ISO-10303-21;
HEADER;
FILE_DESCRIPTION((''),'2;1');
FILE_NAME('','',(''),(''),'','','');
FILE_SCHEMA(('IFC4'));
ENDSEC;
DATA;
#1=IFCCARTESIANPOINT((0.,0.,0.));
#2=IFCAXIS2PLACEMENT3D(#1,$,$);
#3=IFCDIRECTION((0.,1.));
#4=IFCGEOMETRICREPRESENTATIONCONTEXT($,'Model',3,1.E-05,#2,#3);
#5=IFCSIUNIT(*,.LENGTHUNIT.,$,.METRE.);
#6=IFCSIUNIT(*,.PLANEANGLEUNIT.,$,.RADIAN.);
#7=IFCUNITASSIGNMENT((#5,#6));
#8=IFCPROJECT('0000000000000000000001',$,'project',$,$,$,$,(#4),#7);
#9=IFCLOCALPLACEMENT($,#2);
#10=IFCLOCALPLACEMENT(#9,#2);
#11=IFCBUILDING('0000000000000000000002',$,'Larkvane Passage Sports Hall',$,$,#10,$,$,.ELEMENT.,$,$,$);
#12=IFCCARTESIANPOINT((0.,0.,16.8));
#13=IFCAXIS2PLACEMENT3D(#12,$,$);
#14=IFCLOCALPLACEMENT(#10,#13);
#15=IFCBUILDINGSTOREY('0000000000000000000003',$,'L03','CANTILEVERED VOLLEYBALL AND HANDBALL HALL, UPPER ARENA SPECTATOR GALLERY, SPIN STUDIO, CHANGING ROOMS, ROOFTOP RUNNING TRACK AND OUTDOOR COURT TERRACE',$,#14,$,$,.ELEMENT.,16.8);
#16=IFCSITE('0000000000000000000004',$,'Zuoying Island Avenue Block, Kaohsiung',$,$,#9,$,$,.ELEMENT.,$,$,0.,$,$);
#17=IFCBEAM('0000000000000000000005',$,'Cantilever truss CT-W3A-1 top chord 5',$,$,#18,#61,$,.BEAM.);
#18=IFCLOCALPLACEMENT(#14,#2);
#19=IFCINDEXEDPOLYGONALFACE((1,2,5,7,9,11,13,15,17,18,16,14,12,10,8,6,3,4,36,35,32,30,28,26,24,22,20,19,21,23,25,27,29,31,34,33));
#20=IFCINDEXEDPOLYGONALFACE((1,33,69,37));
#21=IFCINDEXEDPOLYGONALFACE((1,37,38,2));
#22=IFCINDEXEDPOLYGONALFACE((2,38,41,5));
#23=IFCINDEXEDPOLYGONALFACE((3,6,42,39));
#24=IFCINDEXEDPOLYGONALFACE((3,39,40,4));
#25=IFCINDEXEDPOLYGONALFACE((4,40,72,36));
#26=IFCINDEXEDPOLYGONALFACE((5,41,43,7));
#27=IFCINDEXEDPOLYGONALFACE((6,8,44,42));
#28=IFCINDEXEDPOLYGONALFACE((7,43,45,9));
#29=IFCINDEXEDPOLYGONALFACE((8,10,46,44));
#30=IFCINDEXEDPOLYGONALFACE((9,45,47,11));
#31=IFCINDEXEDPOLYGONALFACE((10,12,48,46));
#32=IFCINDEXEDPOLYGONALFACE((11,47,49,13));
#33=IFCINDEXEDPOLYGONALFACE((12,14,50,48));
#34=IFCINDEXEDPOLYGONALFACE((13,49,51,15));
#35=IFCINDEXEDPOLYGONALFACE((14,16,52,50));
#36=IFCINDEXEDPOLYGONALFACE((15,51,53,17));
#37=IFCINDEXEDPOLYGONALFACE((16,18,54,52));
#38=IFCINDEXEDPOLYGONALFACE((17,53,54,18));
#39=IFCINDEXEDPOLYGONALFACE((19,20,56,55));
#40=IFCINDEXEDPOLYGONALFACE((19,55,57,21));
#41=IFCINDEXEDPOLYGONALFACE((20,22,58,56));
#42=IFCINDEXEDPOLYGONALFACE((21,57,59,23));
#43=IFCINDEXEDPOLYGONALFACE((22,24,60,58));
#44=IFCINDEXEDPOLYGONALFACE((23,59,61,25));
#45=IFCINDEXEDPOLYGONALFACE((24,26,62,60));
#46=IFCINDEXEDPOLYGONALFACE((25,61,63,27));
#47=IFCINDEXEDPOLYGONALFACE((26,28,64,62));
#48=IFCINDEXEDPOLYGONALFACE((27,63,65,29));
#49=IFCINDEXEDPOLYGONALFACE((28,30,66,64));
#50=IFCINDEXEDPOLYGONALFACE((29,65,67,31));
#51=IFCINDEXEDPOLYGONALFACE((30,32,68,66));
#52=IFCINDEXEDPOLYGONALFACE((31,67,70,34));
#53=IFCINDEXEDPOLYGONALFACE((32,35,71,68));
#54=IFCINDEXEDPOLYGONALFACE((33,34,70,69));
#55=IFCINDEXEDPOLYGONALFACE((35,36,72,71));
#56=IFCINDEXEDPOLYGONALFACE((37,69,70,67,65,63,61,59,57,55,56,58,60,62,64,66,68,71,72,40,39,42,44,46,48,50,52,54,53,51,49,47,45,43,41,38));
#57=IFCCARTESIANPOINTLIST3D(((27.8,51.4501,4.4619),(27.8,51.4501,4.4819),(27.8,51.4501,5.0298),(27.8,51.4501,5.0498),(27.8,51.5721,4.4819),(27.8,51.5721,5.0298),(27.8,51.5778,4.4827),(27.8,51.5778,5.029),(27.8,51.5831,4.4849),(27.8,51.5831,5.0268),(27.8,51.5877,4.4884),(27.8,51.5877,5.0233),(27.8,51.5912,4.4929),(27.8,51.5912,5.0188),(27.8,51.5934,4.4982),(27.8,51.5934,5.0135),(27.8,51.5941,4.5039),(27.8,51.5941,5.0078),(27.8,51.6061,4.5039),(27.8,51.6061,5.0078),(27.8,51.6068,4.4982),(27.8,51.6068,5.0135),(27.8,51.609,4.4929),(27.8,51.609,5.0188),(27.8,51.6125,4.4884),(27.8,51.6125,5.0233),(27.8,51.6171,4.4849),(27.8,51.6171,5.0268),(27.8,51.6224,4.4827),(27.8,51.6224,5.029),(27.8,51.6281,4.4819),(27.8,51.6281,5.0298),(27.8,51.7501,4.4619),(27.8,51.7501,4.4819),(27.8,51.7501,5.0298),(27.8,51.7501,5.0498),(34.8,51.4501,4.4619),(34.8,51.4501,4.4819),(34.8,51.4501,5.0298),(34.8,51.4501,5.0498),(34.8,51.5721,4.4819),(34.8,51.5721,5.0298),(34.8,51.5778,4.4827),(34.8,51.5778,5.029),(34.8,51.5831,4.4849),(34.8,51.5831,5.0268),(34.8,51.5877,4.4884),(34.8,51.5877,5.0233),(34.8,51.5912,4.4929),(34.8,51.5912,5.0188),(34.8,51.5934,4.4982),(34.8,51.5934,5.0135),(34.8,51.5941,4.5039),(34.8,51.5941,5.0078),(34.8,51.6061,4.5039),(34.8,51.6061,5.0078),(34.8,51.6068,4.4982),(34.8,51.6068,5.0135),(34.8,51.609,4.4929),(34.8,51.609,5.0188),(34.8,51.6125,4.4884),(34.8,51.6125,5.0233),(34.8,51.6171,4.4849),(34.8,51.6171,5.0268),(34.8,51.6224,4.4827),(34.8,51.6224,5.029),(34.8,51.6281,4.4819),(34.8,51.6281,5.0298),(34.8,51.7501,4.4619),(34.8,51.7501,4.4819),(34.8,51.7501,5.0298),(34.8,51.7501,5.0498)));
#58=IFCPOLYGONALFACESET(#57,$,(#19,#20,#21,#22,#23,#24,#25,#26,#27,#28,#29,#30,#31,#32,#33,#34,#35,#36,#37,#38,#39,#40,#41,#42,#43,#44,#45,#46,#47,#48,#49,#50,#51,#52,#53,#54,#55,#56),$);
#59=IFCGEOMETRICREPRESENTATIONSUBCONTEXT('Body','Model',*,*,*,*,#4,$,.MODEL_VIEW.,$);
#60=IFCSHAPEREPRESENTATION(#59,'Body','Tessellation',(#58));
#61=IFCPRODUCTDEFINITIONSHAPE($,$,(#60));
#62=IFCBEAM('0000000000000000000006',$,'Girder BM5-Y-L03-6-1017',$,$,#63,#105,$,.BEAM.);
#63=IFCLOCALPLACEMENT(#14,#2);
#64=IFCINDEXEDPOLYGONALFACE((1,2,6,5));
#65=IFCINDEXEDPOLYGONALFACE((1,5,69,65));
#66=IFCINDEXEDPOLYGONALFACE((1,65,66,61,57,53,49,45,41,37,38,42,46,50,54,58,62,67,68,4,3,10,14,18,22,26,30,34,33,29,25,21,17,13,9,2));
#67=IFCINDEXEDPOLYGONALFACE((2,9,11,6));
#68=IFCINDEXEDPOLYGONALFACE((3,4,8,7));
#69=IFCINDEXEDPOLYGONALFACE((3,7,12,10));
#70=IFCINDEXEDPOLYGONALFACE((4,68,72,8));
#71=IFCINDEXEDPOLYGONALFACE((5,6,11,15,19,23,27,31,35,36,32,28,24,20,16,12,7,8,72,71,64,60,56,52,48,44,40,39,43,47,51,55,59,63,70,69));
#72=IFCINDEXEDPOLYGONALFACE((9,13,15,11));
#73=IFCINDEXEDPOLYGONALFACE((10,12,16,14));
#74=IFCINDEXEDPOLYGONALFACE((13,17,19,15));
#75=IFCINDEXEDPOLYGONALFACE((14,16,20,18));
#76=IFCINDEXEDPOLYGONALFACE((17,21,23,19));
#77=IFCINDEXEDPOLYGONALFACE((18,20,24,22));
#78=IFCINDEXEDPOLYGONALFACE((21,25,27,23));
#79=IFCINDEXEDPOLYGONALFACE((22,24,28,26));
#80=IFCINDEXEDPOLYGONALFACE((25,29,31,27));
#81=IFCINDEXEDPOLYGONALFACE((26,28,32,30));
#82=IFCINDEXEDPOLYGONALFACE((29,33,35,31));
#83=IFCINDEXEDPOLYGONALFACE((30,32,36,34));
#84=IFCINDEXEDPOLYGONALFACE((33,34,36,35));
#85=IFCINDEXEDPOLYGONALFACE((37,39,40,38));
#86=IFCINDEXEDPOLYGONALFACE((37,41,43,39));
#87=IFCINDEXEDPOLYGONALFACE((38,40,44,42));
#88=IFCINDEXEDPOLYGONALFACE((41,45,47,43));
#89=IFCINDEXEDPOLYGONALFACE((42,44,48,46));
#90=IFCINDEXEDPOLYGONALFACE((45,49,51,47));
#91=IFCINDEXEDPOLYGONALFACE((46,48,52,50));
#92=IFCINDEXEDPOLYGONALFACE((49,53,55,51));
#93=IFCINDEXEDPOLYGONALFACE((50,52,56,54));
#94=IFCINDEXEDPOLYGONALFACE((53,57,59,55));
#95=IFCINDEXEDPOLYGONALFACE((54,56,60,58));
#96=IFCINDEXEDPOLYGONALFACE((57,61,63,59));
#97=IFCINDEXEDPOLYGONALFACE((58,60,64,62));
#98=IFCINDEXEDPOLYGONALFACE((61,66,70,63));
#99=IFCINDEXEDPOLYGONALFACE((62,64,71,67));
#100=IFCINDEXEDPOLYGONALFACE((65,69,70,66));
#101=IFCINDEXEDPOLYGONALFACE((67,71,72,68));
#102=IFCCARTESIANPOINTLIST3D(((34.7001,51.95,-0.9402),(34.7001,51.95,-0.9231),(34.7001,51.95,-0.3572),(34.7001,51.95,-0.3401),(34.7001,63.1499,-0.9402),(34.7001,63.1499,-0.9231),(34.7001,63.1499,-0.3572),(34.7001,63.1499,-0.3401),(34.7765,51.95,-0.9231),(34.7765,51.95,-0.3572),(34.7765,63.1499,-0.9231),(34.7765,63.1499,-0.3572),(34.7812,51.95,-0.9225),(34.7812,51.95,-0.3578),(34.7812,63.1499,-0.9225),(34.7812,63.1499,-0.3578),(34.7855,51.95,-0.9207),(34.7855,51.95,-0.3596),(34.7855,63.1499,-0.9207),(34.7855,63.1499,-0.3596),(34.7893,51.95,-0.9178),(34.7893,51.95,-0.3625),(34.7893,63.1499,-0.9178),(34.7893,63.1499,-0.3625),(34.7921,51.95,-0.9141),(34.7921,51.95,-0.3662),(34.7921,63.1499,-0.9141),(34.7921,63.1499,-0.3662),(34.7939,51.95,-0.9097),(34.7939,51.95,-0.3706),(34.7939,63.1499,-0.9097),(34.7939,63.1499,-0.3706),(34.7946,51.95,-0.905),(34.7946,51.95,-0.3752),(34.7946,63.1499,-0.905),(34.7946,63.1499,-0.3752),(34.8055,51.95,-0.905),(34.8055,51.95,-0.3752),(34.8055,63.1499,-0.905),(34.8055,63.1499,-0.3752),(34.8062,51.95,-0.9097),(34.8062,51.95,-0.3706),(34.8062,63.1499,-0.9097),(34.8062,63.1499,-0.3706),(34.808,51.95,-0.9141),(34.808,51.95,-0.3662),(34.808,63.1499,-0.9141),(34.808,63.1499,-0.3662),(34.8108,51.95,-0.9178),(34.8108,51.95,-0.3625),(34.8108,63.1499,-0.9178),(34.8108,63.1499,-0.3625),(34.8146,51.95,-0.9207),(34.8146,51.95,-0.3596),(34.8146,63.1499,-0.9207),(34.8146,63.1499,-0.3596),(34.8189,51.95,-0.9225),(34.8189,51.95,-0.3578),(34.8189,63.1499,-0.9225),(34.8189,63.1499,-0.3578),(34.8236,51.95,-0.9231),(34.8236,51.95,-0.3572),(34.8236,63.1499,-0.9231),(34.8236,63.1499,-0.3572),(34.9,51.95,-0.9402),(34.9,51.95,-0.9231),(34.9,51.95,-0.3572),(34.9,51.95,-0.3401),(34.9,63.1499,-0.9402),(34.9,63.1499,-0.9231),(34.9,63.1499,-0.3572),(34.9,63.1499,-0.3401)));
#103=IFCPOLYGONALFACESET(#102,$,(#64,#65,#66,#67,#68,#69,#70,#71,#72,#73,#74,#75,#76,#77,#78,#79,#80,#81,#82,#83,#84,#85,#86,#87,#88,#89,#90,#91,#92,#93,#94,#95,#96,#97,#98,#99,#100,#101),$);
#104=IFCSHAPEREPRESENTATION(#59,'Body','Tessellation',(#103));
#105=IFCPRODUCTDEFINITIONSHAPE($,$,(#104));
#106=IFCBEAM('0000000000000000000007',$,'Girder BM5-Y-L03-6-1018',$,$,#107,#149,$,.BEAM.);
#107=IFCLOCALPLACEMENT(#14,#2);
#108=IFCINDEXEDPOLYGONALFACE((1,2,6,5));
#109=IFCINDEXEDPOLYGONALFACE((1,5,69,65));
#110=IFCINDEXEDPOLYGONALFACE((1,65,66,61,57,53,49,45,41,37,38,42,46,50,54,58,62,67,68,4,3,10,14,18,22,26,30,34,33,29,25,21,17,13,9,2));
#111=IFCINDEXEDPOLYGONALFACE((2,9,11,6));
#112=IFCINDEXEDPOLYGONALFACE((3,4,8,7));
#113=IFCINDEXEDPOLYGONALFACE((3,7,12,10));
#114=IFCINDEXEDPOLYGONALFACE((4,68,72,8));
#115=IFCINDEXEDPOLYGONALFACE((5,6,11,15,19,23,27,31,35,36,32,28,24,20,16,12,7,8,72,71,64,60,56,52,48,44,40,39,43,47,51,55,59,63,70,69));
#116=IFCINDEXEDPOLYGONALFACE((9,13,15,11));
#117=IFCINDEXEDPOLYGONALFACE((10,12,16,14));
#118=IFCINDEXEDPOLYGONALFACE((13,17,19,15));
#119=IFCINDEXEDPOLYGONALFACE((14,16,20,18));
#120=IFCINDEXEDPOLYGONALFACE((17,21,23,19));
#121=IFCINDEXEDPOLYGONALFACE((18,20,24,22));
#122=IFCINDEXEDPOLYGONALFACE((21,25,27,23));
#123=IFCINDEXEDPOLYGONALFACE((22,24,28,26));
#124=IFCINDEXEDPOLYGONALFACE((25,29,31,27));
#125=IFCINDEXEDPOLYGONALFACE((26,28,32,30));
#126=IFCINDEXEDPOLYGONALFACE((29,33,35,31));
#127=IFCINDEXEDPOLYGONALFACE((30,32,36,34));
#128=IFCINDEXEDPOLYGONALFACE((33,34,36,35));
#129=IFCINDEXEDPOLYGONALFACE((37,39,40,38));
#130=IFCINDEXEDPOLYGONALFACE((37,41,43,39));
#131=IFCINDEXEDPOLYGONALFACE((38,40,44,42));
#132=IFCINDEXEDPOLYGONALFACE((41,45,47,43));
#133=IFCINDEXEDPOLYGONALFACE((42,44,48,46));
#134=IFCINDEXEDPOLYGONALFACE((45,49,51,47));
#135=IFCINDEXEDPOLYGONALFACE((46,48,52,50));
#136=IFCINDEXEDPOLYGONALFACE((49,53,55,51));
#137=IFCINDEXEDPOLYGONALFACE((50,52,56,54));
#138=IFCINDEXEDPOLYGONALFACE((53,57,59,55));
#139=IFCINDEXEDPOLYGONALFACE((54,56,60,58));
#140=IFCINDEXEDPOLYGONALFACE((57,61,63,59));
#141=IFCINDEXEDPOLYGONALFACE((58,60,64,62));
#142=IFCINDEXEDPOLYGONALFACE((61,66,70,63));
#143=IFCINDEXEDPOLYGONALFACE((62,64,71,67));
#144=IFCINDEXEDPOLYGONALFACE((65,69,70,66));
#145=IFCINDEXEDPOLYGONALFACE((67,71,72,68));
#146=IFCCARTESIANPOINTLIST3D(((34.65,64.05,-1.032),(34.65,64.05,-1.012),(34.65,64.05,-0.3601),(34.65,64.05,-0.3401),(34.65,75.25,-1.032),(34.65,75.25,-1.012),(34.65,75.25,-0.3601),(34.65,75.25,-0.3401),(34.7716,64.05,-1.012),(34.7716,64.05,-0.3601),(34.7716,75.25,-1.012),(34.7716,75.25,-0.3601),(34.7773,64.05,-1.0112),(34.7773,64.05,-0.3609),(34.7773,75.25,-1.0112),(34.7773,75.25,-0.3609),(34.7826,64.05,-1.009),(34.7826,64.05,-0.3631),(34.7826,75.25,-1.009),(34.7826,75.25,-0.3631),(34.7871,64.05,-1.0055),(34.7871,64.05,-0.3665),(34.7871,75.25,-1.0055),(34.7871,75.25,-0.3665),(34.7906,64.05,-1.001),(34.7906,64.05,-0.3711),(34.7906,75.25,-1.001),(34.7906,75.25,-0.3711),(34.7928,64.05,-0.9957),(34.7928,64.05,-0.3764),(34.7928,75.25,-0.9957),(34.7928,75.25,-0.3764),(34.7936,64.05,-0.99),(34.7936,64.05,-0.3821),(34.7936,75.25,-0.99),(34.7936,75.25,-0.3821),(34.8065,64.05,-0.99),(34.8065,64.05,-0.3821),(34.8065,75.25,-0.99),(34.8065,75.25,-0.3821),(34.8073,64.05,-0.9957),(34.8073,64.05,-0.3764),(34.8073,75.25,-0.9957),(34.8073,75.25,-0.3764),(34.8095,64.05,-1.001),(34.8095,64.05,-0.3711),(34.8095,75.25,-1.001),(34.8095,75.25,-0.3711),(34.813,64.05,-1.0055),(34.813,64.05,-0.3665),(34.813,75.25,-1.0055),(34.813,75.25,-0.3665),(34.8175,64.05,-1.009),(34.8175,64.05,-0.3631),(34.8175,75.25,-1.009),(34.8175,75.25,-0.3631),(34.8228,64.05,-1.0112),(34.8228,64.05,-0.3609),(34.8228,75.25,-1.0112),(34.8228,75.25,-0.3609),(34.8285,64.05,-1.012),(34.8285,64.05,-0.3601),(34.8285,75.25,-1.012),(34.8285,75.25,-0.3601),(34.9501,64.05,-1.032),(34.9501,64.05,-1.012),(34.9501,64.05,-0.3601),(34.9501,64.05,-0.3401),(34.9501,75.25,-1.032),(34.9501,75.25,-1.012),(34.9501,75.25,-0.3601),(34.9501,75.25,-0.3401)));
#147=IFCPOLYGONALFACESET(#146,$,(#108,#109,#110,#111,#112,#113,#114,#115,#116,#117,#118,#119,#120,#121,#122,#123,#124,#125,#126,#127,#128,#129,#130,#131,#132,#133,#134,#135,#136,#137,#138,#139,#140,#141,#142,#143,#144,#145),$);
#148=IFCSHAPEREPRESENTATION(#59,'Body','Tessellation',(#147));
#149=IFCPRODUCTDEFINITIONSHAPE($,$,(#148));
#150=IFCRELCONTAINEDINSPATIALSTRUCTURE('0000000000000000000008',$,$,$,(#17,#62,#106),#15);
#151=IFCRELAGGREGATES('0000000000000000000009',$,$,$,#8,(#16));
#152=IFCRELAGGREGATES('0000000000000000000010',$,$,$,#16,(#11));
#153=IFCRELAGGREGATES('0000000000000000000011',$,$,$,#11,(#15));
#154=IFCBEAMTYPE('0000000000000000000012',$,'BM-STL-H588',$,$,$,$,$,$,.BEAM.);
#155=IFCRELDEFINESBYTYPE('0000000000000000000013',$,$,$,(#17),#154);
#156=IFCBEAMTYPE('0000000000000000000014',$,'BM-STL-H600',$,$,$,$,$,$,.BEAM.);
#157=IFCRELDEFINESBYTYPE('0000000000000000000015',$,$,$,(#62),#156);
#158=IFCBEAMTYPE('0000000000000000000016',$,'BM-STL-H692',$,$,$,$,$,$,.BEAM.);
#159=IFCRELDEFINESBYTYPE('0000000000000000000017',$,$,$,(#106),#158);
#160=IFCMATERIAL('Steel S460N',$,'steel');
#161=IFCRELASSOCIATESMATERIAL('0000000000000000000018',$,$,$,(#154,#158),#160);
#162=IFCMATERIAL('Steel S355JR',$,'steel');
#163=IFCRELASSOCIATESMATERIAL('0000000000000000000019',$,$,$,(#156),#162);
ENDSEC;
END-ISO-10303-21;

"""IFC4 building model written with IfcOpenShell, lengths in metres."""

from ifc_helpers import new_model, si_unit, direction, frame, origin, origin_2d, place, context, subcontext, project, spatial, i_section, extrude, material, material_profile, profile_set, type_object, element, save


model = new_model("IFC4")

# Units and contexts
model_context = context("Model", 3, precision=1e-05, world=origin(), true_north=direction((0.0, 1.0)))
body_context = subcontext(model_context, "Body", "Model", "MODEL_VIEW")
ifc_project = project(units=[si_unit("LENGTHUNIT", "METRE"), si_unit("PLANEANGLEUNIT", "RADIAN")], contexts=[model_context])

# Site, building, storey
site_placement = place(None, origin())
site = spatial("IfcSite", under=ifc_project, at=site_placement, Name="Zuoying Island Avenue Block, Kaohsiung", CompositionType="ELEMENT", RefElevation=0.0)
building_placement = place(site_placement, origin())
building = spatial("IfcBuilding", under=site, at=building_placement, Name="Larkvane Passage Sports Hall", CompositionType="ELEMENT")
storey_placement = place(building_placement, frame((0.0, 0.0, 16.8)))
storey = spatial("IfcBuildingStorey", under=building, at=storey_placement, Name="L03", Description="CANTILEVERED VOLLEYBALL AND HANDBALL HALL, UPPER ARENA SPECTATOR GALLERY, SPIN STUDIO, CHANGING ROOMS, ROOFTOP RUNNING TRACK AND OUTDOOR COURT TERRACE", CompositionType="ELEMENT", Elevation=16.8)

# Shared definitions
ifc_material_1 = material(Name="Steel S460N", Category="steel")

# Beams
ifc_material_profile_1 = material_profile(ifc_material_1, i_section(OverallWidth=0.3, OverallDepth=0.5879, WebThickness=0.012, FlangeThickness=0.02, FilletRadius=0.022, at=origin_2d()), Name="H-588x300x12x20")
ifc_profile_set_1 = profile_set([ifc_material_profile_1], Name="Steel S460N")
beam_type_1 = type_object("IfcBeamType", Name="BM-STL-H588", PredefinedType="BEAM", material=ifc_profile_set_1)
for number, where, z_axis, x_axis, name in (
    (1, (27.8, 51.6001, 4.7559), (1.0, 0.0, 0.0), (0.0, 1.0, 0.0), "Cantilever truss CT-W3A-1 top chord 5"),
):
    element("IfcBeam", number, at=place(storey_placement, frame(where, z_axis=z_axis, x_axis=x_axis)), inside=storey, type_object=beam_type_1, Name=name, PredefinedType="BEAM", context=body_context, shape_type="SweptSolid", body=[
        extrude(i_section(OverallWidth=0.3, OverallDepth=0.5879, WebThickness=0.012, FlangeThickness=0.02, FilletRadius=0.022, at=origin_2d()), origin(), (0.0, 0.0, 1.0), 7.0),
    ])
ifc_material_2 = material(Name="Steel S355JR", Category="steel")
ifc_material_profile_2 = material_profile(ifc_material_2, i_section(OverallWidth=0.2, OverallDepth=0.6001, WebThickness=0.011, FlangeThickness=0.0171, FilletRadius=0.0181, at=origin_2d()), Name="H-600x200x11x17")
ifc_profile_set_2 = profile_set([ifc_material_profile_2], Name="Steel S355JR")
beam_type_2 = type_object("IfcBeamType", Name="BM-STL-H600", PredefinedType="BEAM", material=ifc_profile_set_2)
beam_1_placement = place(storey_placement, frame((34.8, 51.95, -0.6401), z_axis=(0.0, 1.0, 0.0), x_axis=(-1.0, 0.0, 0.0)))
element("IfcBeam", 2, at=beam_1_placement, inside=storey, type_object=beam_type_2, Name="Girder BM5-Y-L03-6-1017", PredefinedType="BEAM", context=body_context, shape_type="SweptSolid", body=[
    extrude(i_section(OverallWidth=0.2, OverallDepth=0.6001, WebThickness=0.011, FlangeThickness=0.0171, FilletRadius=0.0181, at=origin_2d()), origin(), (0.0, 0.0, 1.0), 11.2),
])
ifc_material_profile_3 = material_profile(ifc_material_1, i_section(OverallWidth=0.3, OverallDepth=0.6919, WebThickness=0.0129, FlangeThickness=0.02, FilletRadius=0.022, at=origin_2d()), Name="H-692x300x13x20")
ifc_profile_set_3 = profile_set([ifc_material_profile_3], Name="Steel S460N")
beam_type_3 = type_object("IfcBeamType", Name="BM-STL-H692", PredefinedType="BEAM", material=ifc_profile_set_3)
beam_2_placement = place(storey_placement, frame((34.8, 64.05, -0.686), z_axis=(0.0, 1.0, 0.0), x_axis=(-1.0, 0.0, 0.0)))
element("IfcBeam", 3, at=beam_2_placement, inside=storey, type_object=beam_type_3, Name="Girder BM5-Y-L03-6-1018", PredefinedType="BEAM", context=body_context, shape_type="SweptSolid", body=[
    extrude(i_section(OverallWidth=0.3, OverallDepth=0.6919, WebThickness=0.0129, FlangeThickness=0.02, FilletRadius=0.022, at=origin_2d()), origin(), (0.0, 0.0, 1.0), 11.2),
])

save(model, "model.ifc")
